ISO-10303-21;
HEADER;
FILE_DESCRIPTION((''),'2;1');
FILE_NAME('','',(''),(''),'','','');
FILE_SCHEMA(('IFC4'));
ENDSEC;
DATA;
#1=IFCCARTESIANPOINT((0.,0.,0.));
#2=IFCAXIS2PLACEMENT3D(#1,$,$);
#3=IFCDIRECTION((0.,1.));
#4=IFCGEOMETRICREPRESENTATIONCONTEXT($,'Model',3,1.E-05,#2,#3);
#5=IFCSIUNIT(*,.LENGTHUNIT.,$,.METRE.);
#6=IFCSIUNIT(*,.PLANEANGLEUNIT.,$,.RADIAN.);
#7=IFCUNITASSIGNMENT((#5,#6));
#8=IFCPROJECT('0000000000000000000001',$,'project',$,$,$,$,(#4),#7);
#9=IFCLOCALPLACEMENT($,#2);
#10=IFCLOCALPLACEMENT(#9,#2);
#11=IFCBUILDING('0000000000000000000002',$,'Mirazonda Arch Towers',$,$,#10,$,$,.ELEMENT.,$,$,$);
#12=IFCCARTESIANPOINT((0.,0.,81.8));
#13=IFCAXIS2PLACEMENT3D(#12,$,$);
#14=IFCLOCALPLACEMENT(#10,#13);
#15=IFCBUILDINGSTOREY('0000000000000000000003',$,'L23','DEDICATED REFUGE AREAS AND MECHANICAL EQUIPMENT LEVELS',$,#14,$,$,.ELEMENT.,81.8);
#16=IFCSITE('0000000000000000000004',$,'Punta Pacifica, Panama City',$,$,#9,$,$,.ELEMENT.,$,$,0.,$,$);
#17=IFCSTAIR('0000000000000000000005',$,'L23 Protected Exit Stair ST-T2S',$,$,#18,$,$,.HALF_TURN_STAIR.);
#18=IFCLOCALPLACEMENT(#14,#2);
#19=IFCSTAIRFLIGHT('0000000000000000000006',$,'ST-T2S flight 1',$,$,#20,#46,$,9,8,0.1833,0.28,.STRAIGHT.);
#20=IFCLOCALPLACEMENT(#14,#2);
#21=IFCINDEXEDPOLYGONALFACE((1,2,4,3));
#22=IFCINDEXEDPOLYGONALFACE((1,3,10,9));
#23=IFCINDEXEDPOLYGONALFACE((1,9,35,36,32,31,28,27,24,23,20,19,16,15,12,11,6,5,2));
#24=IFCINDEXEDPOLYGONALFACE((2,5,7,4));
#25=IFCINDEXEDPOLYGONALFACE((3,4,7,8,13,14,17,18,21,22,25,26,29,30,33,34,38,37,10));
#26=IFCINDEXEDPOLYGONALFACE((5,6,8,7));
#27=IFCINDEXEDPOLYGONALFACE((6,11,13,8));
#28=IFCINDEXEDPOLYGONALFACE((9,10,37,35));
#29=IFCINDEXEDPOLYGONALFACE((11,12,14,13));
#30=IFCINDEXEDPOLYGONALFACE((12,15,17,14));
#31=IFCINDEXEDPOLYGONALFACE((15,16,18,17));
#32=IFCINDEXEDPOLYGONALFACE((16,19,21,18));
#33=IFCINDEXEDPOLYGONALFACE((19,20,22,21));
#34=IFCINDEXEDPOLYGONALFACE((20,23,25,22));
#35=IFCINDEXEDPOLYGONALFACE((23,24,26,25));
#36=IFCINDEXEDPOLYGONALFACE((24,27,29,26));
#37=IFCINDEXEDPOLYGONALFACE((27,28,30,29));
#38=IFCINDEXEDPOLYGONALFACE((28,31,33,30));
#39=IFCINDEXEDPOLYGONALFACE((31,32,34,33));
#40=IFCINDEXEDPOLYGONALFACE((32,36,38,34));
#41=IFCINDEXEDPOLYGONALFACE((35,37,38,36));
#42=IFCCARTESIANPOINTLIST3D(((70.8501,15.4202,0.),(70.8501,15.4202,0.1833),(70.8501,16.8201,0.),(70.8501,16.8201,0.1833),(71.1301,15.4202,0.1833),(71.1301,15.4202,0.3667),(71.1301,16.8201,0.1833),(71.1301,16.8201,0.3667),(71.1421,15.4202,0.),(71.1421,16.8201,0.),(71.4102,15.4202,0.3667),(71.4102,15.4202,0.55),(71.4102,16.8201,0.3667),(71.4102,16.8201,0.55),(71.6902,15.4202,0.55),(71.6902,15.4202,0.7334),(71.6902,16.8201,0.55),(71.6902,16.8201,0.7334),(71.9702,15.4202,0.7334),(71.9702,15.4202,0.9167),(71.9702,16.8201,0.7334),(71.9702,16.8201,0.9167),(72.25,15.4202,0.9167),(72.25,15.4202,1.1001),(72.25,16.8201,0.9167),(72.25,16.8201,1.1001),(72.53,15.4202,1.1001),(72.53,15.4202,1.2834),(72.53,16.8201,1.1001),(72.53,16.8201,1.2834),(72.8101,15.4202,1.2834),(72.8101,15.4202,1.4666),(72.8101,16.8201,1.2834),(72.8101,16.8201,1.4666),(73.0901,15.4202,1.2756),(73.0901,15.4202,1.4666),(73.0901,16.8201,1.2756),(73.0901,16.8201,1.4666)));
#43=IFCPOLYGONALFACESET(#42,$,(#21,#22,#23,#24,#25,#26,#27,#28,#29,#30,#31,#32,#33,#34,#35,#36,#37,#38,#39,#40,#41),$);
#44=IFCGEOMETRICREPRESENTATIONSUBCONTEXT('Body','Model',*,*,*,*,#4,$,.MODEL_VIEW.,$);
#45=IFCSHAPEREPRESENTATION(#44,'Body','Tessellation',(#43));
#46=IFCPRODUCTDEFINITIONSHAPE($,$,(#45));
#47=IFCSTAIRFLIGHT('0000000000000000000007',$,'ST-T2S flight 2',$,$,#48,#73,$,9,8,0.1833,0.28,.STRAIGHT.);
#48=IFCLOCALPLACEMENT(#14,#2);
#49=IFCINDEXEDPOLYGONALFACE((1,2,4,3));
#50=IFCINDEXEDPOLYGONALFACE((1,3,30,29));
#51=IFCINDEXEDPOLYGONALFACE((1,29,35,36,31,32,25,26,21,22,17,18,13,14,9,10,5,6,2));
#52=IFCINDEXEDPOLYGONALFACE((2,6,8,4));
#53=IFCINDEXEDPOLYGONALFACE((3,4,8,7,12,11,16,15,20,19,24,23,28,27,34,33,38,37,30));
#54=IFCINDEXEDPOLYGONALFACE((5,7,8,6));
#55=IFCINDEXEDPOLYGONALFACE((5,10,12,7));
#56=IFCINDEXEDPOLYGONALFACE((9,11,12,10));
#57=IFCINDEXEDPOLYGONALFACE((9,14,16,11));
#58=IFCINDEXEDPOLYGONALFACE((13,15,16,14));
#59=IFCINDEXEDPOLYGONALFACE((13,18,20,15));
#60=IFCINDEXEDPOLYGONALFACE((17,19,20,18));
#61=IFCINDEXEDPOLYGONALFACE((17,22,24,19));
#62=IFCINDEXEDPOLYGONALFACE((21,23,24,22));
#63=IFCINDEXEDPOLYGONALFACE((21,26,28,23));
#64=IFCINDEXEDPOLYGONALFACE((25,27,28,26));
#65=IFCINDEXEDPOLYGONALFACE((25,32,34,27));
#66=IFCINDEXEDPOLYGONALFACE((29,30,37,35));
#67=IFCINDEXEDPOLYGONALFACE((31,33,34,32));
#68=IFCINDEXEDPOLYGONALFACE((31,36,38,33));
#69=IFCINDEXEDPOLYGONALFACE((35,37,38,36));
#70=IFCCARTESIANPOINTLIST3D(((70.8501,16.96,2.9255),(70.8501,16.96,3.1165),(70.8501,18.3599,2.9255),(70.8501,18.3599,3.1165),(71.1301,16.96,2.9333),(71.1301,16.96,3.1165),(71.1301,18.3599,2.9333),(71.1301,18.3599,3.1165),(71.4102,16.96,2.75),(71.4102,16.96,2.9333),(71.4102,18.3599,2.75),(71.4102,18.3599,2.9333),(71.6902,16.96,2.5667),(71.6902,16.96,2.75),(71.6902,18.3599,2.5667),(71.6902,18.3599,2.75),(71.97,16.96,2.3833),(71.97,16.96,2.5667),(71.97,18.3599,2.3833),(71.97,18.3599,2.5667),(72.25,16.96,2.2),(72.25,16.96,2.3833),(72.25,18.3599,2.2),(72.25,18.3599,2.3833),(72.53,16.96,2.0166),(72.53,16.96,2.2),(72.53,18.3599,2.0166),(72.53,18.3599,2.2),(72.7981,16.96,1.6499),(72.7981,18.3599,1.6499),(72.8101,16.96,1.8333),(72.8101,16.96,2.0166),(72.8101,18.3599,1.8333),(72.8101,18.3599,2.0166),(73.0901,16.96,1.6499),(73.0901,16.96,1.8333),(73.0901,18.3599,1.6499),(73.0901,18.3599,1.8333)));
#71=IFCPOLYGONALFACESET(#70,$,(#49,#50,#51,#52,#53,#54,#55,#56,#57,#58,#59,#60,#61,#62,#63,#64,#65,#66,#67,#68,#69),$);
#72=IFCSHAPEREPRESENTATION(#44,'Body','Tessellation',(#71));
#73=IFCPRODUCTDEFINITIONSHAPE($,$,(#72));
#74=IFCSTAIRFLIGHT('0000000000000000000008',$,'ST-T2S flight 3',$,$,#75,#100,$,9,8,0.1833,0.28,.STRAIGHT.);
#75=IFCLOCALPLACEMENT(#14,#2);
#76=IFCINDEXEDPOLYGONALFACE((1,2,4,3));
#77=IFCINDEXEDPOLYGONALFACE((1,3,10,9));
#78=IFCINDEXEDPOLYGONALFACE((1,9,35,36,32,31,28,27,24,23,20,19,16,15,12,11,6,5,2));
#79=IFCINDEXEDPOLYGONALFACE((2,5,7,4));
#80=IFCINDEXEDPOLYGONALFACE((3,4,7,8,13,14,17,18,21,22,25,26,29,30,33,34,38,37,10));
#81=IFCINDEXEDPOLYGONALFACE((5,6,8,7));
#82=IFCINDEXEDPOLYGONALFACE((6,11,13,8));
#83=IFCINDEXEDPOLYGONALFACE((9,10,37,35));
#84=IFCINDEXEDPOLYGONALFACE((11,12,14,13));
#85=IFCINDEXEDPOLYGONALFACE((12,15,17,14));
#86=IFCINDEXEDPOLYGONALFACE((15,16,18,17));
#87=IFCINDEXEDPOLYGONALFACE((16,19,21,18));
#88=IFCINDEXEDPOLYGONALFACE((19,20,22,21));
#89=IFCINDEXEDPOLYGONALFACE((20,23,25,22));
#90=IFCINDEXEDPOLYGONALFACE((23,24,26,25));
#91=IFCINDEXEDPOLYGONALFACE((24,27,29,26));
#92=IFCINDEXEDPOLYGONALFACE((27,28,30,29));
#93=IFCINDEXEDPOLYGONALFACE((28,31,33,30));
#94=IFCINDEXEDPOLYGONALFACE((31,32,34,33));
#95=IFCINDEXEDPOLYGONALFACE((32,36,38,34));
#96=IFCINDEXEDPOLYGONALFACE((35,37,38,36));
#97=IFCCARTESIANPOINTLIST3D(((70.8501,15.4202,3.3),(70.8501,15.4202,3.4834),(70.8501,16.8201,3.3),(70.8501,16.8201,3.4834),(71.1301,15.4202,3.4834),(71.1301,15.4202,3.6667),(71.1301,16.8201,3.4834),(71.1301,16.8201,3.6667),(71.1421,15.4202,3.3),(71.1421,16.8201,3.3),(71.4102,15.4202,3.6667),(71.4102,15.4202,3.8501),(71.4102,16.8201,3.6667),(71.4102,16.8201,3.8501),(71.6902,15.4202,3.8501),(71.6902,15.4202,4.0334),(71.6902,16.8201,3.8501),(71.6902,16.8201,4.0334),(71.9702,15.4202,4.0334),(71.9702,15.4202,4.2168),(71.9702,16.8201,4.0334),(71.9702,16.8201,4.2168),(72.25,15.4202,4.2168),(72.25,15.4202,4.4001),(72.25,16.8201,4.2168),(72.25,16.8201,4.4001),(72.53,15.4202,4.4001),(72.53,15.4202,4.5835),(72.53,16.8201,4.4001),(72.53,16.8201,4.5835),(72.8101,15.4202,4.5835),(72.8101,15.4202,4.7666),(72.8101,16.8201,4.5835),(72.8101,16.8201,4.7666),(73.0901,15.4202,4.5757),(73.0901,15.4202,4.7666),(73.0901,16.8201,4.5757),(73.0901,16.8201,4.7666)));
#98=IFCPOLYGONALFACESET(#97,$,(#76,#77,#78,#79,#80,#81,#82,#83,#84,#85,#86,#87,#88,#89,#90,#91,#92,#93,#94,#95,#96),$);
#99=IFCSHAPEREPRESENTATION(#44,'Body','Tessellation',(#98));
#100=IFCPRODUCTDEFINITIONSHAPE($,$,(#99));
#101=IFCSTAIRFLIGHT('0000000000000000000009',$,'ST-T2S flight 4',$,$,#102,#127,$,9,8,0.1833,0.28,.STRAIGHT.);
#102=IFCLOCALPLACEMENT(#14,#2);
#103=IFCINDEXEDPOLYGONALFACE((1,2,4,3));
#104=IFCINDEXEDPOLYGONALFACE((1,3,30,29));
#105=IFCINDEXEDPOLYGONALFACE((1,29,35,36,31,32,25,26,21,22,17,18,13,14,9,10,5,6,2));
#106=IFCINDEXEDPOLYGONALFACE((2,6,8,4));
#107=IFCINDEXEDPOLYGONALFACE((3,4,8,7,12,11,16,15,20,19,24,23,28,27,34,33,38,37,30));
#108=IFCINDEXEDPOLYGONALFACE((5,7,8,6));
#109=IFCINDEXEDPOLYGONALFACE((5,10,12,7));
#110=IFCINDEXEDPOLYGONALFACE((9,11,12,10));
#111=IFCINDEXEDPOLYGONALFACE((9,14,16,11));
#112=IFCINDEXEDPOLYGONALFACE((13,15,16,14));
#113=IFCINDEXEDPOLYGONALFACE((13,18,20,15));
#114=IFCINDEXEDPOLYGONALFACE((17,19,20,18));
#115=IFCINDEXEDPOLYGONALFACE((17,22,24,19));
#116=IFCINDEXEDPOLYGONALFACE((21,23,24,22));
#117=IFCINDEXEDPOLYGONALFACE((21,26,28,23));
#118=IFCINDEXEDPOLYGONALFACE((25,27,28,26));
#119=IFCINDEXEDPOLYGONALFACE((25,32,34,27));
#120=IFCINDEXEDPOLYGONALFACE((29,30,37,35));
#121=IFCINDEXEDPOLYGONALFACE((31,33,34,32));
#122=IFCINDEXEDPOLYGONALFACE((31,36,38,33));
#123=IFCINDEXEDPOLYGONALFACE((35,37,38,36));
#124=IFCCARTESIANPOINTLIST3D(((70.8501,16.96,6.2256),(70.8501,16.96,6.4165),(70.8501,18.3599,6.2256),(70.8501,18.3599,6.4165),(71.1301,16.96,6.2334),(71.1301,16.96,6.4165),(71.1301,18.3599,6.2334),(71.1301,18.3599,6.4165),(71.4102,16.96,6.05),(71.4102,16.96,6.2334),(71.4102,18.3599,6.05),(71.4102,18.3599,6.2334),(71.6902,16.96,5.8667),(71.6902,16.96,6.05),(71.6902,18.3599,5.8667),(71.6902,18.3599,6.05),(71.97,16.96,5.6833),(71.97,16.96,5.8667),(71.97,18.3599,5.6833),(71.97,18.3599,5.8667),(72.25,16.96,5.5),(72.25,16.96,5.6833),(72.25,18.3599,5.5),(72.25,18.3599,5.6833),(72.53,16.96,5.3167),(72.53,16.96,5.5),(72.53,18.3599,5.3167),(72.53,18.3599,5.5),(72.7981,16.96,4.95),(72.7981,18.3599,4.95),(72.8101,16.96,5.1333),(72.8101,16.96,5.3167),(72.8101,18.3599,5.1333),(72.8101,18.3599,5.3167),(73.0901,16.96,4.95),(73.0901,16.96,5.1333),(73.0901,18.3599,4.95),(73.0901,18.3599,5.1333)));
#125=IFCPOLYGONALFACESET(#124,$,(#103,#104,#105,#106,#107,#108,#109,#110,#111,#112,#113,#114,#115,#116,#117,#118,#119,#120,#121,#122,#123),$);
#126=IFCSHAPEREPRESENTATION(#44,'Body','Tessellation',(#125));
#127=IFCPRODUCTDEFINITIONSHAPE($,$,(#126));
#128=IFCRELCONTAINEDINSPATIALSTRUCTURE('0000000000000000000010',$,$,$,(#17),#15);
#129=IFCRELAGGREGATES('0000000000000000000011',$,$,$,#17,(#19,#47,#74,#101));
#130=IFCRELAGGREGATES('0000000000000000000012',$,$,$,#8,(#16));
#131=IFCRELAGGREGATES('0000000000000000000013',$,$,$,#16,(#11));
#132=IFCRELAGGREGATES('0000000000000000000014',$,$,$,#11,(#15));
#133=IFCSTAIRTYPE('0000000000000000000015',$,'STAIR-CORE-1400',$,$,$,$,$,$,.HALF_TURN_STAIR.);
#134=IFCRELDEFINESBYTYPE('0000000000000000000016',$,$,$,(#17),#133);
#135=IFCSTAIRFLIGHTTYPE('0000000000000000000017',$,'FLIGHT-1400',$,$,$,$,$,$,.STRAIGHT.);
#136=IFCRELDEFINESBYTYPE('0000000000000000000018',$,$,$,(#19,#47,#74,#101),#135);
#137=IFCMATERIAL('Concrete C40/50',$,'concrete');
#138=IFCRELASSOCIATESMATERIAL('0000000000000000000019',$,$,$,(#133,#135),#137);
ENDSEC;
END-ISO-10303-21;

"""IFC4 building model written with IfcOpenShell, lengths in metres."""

from ifc_helpers import new_model, si_unit, direction, frame, origin, place, context, subcontext, project, spatial, polyline, outline, extrude, material, type_object, element, aggregate, save


model = new_model("IFC4")

# Units and contexts
model_context = context("Model", 3, precision=1e-05, world=origin(), true_north=direction((0.0, 1.0)))
body_context = subcontext(model_context, "Body", "Model", "MODEL_VIEW")
ifc_project = project(units=[si_unit("LENGTHUNIT", "METRE"), si_unit("PLANEANGLEUNIT", "RADIAN")], contexts=[model_context])

# Site, building, storey
site_placement = place(None, origin())
site = spatial("IfcSite", under=ifc_project, at=site_placement, Name="Punta Pacifica, Panama City", CompositionType="ELEMENT", RefElevation=0.0)
building_placement = place(site_placement, origin())
building = spatial("IfcBuilding", under=site, at=building_placement, Name="Mirazonda Arch Towers", CompositionType="ELEMENT")
storey_placement = place(building_placement, frame((0.0, 0.0, 81.8)))
storey = spatial("IfcBuildingStorey", under=building, at=storey_placement, Name="L23", Description="DEDICATED REFUGE AREAS AND MECHANICAL EQUIPMENT LEVELS", CompositionType="ELEMENT", Elevation=81.8)

# Shared definitions
ifc_material_1 = material(Name="Concrete C40/50", Category="concrete")

# Stair, stair flights
stair_type = type_object("IfcStairType", Name="STAIR-CORE-1400", PredefinedType="HALF_TURN_STAIR", material=ifc_material_1)
stair_placement = place(storey_placement, origin())
stair = element("IfcStair", 1, at=stair_placement, inside=storey, type_object=stair_type, Name="L23 Protected Exit Stair ST-T2S", PredefinedType="HALF_TURN_STAIR")
stair_flight_type = type_object("IfcStairFlightType", Name="FLIGHT-1400", PredefinedType="STRAIGHT", material=ifc_material_1)
stair_flight_1_placement = place(storey_placement, frame((70.8501, 16.1201, 0.0), z_axis=(0.0, 0.0, 1.0), x_axis=(1.0, 0.0, 0.0)))
stair_flight_1 = element("IfcStairFlight", 2, at=stair_flight_1_placement, type_object=stair_flight_type, Name="ST-T2S flight 1", NumberOfRisers=9, NumberOfTreads=8, PredefinedType="STRAIGHT", RiserHeight=0.1833, TreadLength=0.28, context=body_context, shape_type="SweptSolid", body=[
    extrude(outline(polyline([(0.0, 0.0), (0.0, 0.1833), (0.28, 0.1833), (0.28, 0.3667), (0.5601, 0.3667), (0.5601, 0.55), (0.8401, 0.55), (0.8401, 0.7334), (1.1201, 0.7334), (1.1201, 0.9167), (1.3999, 0.9167), (1.3999, 1.1001), (1.6799, 1.1001), (1.6799, 1.2834), (1.96, 1.2834), (1.96, 1.4666), (2.24, 1.4666), (2.24, 1.6499), (2.24, 1.2756), (0.292, 0.0), (0.0, 0.0)])), frame((0.0, 0.7, 0.0), z_axis=(0.0, -1.0, 0.0), x_axis=(1.0, 0.0, 0.0)), (0.0, 0.0, 1.0), 1.3999),
])
stair_flight_2_placement = place(storey_placement, frame((73.0901, 17.6599, 1.6499), z_axis=(0.0, 0.0, 1.0), x_axis=(-1.0, 0.0, 0.0)))
stair_flight_2 = element("IfcStairFlight", 3, at=stair_flight_2_placement, type_object=stair_flight_type, Name="ST-T2S flight 2", NumberOfRisers=9, NumberOfTreads=8, PredefinedType="STRAIGHT", RiserHeight=0.1833, TreadLength=0.28, context=body_context, shape_type="SweptSolid", body=[
    extrude(outline(polyline([(0.0, 0.0), (0.0, 0.1833), (0.28, 0.1833), (0.28, 0.3667), (0.5601, 0.3667), (0.5601, 0.55), (0.8401, 0.55), (0.8401, 0.7334), (1.1201, 0.7334), (1.1201, 0.9167), (1.3999, 0.9167), (1.3999, 1.1001), (1.6799, 1.1001), (1.6799, 1.2834), (1.96, 1.2834), (1.96, 1.4666), (2.24, 1.4666), (2.24, 1.6499), (2.24, 1.2756), (0.292, 0.0), (0.0, 0.0)])), frame((0.0, 0.7, 0.0), z_axis=(0.0, -1.0, 0.0), x_axis=(1.0, 0.0, 0.0)), (0.0, 0.0, 1.0), 1.3999),
])
stair_flight_3_placement = place(storey_placement, frame((70.8501, 16.1201, 3.3), z_axis=(0.0, 0.0, 1.0), x_axis=(1.0, 0.0, 0.0)))
stair_flight_3 = element("IfcStairFlight", 4, at=stair_flight_3_placement, type_object=stair_flight_type, Name="ST-T2S flight 3", NumberOfRisers=9, NumberOfTreads=8, PredefinedType="STRAIGHT", RiserHeight=0.1833, TreadLength=0.28, context=body_context, shape_type="SweptSolid", body=[
    extrude(outline(polyline([(0.0, 0.0), (0.0, 0.1833), (0.28, 0.1833), (0.28, 0.3667), (0.5601, 0.3667), (0.5601, 0.55), (0.8401, 0.55), (0.8401, 0.7334), (1.1201, 0.7334), (1.1201, 0.9167), (1.3999, 0.9167), (1.3999, 1.1001), (1.6799, 1.1001), (1.6799, 1.2834), (1.96, 1.2834), (1.96, 1.4666), (2.24, 1.4666), (2.24, 1.6499), (2.24, 1.2756), (0.292, 0.0), (0.0, 0.0)])), frame((0.0, 0.7, 0.0), z_axis=(0.0, -1.0, 0.0), x_axis=(1.0, 0.0, 0.0)), (0.0, 0.0, 1.0), 1.3999),
])
stair_flight_4_placement = place(storey_placement, frame((73.0901, 17.6599, 4.95), z_axis=(0.0, 0.0, 1.0), x_axis=(-1.0, 0.0, 0.0)))
stair_flight_4 = element("IfcStairFlight", 5, at=stair_flight_4_placement, type_object=stair_flight_type, Name="ST-T2S flight 4", NumberOfRisers=9, NumberOfTreads=8, PredefinedType="STRAIGHT", RiserHeight=0.1833, TreadLength=0.28, context=body_context, shape_type="SweptSolid", body=[
    extrude(outline(polyline([(0.0, 0.0), (0.0, 0.1833), (0.28, 0.1833), (0.28, 0.3667), (0.5601, 0.3667), (0.5601, 0.55), (0.8401, 0.55), (0.8401, 0.7334), (1.1201, 0.7334), (1.1201, 0.9167), (1.3999, 0.9167), (1.3999, 1.1001), (1.6799, 1.1001), (1.6799, 1.2834), (1.96, 1.2834), (1.96, 1.4666), (2.24, 1.4666), (2.24, 1.6499), (2.24, 1.2756), (0.292, 0.0), (0.0, 0.0)])), frame((0.0, 0.7, 0.0), z_axis=(0.0, -1.0, 0.0), x_axis=(1.0, 0.0, 0.0)), (0.0, 0.0, 1.0), 1.3999),
])
aggregate(stair, [stair_flight_1, stair_flight_2, stair_flight_3, stair_flight_4])

save(model, "model.ifc")
